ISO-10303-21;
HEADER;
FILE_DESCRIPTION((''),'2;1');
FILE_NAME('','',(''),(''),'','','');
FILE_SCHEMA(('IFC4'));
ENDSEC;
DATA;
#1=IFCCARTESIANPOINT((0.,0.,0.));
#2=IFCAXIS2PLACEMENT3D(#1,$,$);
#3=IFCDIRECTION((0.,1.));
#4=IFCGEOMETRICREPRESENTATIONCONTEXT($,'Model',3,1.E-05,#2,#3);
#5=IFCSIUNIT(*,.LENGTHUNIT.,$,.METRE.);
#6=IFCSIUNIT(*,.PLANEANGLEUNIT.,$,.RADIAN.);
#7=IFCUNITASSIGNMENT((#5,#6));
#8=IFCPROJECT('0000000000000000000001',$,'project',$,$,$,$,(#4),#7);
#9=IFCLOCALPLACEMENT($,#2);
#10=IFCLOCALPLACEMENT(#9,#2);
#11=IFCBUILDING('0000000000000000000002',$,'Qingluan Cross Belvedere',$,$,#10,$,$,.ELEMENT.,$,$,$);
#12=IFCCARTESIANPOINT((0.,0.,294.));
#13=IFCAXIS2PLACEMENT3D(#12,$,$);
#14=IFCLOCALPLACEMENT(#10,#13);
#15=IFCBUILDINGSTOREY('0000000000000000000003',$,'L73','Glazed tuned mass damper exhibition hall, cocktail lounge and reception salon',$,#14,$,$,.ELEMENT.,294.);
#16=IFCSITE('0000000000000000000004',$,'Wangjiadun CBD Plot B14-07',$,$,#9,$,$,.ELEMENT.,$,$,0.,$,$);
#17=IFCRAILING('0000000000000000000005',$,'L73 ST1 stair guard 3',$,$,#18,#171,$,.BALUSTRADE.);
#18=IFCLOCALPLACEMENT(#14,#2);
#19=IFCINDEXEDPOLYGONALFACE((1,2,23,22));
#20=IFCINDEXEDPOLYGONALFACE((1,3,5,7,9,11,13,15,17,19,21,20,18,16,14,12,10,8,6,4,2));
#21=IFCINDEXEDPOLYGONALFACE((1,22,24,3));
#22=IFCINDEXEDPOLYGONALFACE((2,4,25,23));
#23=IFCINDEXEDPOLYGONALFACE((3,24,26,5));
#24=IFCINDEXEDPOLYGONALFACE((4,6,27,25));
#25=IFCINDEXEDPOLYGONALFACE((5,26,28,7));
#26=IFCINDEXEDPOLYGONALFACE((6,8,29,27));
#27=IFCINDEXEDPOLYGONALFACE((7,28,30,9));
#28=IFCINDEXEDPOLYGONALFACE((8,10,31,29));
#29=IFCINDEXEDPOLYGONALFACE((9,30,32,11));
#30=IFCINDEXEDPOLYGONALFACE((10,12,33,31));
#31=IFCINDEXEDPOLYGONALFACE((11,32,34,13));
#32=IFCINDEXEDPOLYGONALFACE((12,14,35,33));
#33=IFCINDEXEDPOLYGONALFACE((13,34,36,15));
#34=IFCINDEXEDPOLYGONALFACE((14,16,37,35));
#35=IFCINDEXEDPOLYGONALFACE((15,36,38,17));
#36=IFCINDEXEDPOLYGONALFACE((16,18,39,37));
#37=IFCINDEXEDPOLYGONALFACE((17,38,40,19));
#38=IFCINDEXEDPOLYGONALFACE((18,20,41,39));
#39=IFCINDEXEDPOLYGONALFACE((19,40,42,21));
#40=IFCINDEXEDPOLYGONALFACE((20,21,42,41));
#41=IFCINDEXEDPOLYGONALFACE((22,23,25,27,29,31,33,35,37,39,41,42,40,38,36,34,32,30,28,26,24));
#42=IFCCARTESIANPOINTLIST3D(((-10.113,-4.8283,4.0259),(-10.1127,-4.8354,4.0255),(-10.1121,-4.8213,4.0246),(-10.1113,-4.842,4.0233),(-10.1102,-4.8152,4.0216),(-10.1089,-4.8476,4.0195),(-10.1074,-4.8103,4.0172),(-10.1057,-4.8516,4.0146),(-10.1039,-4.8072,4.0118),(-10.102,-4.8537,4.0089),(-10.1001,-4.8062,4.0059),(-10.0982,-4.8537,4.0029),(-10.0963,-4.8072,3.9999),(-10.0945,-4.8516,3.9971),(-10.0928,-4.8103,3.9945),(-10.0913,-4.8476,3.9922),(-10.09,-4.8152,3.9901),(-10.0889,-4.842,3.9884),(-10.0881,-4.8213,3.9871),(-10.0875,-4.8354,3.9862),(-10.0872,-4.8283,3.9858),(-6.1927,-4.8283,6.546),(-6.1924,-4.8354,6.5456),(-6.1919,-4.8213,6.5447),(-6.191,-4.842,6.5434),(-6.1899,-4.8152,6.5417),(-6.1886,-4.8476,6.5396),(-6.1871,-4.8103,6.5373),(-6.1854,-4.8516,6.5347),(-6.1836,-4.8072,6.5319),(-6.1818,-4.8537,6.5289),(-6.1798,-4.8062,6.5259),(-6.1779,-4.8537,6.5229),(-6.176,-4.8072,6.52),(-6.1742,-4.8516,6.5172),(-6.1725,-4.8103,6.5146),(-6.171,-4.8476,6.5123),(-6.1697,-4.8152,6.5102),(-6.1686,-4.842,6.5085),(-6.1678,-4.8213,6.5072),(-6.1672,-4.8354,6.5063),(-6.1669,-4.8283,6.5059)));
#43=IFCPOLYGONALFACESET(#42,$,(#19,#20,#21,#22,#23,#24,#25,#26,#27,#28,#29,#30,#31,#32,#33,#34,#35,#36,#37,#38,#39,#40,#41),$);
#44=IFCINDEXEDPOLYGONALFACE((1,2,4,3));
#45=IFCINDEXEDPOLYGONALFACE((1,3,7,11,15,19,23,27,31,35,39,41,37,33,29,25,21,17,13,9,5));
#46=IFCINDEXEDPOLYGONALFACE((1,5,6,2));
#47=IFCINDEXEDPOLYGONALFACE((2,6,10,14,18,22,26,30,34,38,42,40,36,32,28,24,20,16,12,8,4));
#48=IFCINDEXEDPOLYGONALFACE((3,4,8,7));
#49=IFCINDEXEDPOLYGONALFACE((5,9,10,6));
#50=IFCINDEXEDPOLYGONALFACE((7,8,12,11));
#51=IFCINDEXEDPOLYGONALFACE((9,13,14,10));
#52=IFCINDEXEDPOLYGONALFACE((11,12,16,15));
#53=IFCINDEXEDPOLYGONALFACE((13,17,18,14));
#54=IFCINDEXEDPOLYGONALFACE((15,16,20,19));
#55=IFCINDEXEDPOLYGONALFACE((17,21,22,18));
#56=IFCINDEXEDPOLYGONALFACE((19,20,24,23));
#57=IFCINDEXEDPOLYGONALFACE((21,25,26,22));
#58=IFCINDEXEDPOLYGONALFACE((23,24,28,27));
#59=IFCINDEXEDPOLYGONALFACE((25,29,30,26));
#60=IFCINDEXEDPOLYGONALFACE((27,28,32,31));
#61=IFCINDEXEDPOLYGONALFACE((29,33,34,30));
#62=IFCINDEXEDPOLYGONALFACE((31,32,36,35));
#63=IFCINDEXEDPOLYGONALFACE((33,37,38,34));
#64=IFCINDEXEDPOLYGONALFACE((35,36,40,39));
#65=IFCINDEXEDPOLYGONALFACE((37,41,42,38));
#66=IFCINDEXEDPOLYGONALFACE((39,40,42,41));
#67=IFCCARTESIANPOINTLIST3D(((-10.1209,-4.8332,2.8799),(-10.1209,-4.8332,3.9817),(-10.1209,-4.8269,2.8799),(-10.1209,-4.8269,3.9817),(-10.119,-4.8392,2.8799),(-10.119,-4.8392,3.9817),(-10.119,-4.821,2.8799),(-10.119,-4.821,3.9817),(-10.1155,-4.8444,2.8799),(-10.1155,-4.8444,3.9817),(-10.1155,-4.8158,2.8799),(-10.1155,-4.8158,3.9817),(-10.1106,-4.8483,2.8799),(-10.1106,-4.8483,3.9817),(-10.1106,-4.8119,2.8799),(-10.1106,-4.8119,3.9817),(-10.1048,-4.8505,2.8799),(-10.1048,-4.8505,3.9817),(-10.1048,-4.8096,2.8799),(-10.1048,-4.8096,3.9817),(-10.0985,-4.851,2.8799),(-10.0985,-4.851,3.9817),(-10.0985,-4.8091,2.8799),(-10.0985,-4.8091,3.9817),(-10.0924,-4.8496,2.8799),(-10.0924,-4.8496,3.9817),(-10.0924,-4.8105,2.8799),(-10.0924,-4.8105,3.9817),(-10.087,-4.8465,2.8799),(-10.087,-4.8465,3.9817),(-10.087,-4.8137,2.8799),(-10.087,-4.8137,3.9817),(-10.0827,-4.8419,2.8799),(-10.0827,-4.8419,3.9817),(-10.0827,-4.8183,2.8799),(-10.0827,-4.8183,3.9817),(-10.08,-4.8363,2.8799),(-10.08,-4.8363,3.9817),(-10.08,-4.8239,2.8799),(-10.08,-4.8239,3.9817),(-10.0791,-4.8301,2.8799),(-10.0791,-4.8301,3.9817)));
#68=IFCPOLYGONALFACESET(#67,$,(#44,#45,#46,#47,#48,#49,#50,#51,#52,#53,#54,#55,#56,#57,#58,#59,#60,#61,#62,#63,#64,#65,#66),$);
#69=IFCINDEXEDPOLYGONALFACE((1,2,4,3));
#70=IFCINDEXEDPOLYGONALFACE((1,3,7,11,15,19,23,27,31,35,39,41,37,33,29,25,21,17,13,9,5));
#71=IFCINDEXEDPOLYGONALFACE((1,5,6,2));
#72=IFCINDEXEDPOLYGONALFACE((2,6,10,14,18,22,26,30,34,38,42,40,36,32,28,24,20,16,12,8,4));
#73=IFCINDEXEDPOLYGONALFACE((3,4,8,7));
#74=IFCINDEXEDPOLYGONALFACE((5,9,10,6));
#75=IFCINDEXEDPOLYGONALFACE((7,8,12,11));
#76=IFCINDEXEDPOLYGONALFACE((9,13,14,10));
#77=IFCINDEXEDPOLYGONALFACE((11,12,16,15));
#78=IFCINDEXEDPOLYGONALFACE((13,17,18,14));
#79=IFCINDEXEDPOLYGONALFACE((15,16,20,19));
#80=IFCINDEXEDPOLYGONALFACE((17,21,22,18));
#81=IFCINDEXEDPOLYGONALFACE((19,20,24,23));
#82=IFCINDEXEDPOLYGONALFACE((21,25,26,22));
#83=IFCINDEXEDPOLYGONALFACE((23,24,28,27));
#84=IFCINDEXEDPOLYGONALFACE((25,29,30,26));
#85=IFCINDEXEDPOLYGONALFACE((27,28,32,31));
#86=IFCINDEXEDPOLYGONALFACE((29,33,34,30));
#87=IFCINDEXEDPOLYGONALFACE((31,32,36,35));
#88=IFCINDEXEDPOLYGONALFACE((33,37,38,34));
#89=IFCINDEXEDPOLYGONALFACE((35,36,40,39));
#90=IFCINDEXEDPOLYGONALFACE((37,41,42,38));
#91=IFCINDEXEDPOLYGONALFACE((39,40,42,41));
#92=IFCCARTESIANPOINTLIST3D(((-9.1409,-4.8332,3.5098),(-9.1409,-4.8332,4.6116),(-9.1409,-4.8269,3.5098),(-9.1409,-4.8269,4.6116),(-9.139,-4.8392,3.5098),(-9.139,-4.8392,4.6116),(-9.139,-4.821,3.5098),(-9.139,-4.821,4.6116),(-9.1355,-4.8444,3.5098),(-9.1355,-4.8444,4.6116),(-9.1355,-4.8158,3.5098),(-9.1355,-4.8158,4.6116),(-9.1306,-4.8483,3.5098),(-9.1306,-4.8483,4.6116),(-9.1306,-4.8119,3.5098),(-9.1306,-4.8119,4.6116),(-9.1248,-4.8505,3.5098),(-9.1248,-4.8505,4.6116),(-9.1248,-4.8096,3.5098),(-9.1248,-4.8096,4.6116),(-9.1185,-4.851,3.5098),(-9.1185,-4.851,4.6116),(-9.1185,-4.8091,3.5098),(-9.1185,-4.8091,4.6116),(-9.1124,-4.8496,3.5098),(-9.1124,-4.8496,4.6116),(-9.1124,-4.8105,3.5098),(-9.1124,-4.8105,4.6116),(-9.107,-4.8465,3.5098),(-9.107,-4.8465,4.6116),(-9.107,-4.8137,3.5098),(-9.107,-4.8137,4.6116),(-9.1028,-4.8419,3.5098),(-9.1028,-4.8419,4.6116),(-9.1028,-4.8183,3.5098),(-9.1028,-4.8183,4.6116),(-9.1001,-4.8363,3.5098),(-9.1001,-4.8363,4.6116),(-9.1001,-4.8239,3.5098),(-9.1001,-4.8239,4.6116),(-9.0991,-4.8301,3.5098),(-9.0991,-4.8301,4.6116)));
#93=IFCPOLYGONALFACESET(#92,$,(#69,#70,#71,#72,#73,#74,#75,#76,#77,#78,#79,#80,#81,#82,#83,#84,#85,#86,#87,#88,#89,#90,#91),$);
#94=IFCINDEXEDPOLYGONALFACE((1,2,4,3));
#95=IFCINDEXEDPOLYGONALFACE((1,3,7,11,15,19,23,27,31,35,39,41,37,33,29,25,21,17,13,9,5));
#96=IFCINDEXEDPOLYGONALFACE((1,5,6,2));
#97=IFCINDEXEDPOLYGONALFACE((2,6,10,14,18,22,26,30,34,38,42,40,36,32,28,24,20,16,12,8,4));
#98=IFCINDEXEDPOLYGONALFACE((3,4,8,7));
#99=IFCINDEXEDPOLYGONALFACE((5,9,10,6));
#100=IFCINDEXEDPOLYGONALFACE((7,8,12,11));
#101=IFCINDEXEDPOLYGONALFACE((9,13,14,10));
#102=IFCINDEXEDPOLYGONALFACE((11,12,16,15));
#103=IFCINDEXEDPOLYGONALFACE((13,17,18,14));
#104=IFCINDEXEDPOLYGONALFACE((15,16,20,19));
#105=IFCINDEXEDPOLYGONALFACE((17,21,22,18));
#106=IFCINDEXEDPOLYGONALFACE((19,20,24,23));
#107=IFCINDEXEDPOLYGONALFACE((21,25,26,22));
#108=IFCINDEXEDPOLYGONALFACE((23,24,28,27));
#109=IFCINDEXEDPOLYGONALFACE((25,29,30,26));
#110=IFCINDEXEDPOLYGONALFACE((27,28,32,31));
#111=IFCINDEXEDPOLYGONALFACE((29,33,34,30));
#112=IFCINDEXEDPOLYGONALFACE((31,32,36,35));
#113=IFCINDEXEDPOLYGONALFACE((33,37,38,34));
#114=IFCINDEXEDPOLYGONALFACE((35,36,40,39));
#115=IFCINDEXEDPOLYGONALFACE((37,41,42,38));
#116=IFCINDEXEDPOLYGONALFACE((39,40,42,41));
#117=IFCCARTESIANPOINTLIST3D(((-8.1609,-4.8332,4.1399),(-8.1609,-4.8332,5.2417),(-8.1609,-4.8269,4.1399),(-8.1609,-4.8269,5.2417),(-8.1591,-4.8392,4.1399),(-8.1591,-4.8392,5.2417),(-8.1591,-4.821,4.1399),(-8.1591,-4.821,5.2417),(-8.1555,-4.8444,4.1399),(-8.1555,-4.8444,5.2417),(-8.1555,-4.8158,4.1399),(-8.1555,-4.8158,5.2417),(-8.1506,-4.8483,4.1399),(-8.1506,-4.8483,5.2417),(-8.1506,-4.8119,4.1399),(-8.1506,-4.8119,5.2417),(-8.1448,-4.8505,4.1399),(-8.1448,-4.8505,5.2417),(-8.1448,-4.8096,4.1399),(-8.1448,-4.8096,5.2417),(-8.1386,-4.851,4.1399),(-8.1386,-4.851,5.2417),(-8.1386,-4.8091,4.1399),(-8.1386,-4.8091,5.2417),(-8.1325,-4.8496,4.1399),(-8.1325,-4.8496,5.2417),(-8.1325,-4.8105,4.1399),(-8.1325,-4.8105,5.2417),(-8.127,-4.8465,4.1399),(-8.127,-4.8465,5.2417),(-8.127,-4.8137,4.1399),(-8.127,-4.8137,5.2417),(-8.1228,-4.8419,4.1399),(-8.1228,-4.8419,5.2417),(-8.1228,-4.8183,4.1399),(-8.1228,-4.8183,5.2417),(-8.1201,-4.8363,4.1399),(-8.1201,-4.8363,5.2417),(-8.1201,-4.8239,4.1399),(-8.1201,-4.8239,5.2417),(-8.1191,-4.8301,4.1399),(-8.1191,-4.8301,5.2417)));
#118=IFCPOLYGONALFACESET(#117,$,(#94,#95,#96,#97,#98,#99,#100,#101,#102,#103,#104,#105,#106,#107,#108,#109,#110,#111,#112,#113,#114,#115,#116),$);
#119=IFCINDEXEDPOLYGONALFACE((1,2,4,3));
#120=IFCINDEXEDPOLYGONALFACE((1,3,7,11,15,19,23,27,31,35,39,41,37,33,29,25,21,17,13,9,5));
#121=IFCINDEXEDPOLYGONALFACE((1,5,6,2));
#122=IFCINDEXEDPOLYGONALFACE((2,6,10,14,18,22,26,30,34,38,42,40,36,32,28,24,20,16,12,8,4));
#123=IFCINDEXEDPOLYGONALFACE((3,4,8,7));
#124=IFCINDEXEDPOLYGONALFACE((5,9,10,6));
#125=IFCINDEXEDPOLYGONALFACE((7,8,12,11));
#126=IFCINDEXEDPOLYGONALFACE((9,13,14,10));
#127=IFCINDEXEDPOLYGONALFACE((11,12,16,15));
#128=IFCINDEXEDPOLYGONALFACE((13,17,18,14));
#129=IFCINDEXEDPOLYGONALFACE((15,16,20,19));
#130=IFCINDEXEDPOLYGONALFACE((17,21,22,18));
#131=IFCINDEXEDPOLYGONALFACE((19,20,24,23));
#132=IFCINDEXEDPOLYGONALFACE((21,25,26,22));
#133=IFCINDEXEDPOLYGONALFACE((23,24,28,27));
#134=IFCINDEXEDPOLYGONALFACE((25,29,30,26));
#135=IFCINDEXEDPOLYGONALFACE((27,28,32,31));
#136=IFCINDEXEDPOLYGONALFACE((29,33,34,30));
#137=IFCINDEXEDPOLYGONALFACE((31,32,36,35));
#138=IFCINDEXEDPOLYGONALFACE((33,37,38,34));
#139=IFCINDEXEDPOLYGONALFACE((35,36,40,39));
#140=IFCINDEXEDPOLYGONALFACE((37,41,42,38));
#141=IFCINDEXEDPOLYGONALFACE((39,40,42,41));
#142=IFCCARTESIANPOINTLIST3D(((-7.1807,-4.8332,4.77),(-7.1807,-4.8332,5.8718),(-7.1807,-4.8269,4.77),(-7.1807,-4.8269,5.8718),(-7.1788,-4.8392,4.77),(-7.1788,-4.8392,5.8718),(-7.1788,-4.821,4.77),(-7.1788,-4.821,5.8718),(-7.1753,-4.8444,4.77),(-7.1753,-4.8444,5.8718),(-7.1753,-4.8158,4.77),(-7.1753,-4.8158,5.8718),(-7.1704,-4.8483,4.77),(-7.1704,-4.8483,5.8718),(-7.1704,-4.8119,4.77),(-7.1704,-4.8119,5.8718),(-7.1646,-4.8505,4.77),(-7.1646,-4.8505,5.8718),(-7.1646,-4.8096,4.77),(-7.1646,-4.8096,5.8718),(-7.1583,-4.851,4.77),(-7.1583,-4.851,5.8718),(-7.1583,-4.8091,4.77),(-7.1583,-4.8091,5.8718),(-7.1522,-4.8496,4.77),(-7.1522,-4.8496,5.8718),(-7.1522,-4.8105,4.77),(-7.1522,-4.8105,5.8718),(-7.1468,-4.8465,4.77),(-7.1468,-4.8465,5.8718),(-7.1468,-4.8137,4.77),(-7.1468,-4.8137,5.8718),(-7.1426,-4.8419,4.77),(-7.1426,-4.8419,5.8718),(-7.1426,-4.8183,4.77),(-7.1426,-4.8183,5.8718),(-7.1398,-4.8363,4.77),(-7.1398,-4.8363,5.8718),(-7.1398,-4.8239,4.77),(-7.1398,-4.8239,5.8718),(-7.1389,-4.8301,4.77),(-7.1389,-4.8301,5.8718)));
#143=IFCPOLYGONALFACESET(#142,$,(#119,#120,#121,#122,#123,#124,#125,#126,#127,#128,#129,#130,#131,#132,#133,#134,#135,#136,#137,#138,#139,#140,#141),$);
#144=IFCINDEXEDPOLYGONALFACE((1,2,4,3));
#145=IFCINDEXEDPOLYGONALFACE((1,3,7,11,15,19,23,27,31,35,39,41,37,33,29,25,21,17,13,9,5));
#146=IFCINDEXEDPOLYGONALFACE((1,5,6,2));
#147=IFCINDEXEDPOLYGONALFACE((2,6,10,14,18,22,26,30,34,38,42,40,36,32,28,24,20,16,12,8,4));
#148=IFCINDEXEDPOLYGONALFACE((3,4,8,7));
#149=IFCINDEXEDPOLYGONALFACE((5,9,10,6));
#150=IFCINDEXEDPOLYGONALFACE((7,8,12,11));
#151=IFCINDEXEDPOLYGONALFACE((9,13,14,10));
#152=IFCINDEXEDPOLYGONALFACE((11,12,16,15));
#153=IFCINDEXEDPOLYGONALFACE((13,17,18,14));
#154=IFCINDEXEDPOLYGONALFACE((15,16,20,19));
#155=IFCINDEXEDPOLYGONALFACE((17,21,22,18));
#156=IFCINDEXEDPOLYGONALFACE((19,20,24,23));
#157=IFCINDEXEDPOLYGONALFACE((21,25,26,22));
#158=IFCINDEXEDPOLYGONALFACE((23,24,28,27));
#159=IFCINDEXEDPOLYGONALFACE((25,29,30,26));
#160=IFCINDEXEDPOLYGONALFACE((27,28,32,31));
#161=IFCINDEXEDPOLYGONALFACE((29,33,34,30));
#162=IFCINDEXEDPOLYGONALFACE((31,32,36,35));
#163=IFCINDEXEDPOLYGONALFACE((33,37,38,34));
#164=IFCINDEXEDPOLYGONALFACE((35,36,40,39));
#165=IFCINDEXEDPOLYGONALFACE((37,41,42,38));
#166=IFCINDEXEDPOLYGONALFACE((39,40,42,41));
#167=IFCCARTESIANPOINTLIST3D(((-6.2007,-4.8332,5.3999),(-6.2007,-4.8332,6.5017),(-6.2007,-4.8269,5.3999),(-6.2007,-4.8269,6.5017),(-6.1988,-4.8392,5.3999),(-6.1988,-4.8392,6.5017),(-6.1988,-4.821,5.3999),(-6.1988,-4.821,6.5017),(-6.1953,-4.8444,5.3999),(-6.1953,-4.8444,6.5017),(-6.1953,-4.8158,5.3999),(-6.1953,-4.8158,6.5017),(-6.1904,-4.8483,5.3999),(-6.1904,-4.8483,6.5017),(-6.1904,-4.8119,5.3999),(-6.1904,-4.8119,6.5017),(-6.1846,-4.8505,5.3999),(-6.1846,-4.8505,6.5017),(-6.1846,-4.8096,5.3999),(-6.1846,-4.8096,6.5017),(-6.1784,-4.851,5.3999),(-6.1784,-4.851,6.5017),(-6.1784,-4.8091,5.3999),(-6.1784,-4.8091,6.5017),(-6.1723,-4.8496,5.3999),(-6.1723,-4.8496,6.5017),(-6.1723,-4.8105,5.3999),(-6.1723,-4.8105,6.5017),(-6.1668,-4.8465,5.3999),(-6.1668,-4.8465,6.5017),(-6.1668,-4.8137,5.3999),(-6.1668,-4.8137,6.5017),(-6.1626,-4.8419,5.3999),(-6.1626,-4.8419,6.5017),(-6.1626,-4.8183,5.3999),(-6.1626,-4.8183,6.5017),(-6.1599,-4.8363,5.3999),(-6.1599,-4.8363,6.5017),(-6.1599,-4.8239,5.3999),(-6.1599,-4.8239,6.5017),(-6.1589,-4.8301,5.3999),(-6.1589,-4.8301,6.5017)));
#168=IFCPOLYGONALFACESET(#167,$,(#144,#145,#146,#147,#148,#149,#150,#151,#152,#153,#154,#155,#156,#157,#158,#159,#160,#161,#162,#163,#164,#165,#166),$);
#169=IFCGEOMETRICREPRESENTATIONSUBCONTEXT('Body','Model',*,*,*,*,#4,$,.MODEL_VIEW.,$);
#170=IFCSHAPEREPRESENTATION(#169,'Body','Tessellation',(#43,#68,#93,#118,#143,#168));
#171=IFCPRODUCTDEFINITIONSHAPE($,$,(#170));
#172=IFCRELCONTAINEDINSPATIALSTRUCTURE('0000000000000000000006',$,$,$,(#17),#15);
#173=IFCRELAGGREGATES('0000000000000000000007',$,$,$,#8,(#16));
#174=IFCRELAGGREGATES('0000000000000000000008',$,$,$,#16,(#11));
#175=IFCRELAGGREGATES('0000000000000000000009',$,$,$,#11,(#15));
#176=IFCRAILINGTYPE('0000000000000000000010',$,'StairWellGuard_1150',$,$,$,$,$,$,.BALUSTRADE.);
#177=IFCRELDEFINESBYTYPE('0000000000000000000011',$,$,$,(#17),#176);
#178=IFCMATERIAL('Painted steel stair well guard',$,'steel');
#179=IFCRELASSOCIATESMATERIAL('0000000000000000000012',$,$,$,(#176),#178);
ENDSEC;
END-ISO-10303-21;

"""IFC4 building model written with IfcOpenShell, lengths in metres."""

from ifc_helpers import new_model, si_unit, direction, frame, origin, origin_2d, place, context, subcontext, project, spatial, circle, extrude, material, type_object, element, save


model = new_model("IFC4")

# Units and contexts
model_context = context("Model", 3, precision=1e-05, world=origin(), true_north=direction((0.0, 1.0)))
body_context = subcontext(model_context, "Body", "Model", "MODEL_VIEW")
ifc_project = project(units=[si_unit("LENGTHUNIT", "METRE"), si_unit("PLANEANGLEUNIT", "RADIAN")], contexts=[model_context])

# Site, building, storey
site_placement = place(None, origin())
site = spatial("IfcSite", under=ifc_project, at=site_placement, Name="Wangjiadun CBD Plot B14-07", CompositionType="ELEMENT", RefElevation=0.0)
building_placement = place(site_placement, origin())
building = spatial("IfcBuilding", under=site, at=building_placement, Name="Qingluan Cross Belvedere", CompositionType="ELEMENT")
storey_placement = place(building_placement, frame((0.0, 0.0, 294.0)))
storey = spatial("IfcBuildingStorey", under=building, at=storey_placement, Name="L73", Description="Glazed tuned mass damper exhibition hall, cocktail lounge and reception salon", CompositionType="ELEMENT", Elevation=294.0)

# Railing
ifc_material_1 = material(Name="Painted steel stair well guard", Category="steel")
railing_type_1 = type_object("IfcRailingType", Name="StairWellGuard_1150", PredefinedType="BALUSTRADE", material=ifc_material_1)
railing_1_placement = place(storey_placement, frame((-10.1001, -4.8301, 2.8799)))
element("IfcRailing", 1, at=railing_1_placement, inside=storey, type_object=railing_type_1, Name="L73 ST1 stair guard 3", PredefinedType="BALUSTRADE", context=body_context, shape_type="SweptSolid", body=[
    extrude(circle(Radius=0.0239, at=origin_2d()), frame((0.0, 0.0, 1.126), z_axis=(0.841187, 0.0, 0.540744), x_axis=(0.0, 1.0, 0.0)), (0.0, 0.0, 1.0), 4.6604),
    extrude(circle(Radius=0.021, at=origin_2d()), origin(), (0.0, 0.0, 1.0), 1.1018),
    extrude(circle(Radius=0.021, at=origin_2d()), frame((0.98, 0.0, 0.6299)), (0.0, 0.0, 1.0), 1.1018),
    extrude(circle(Radius=0.021, at=origin_2d()), frame((1.96, 0.0, 1.26)), (0.0, 0.0, 1.0), 1.1018),
    extrude(circle(Radius=0.021, at=origin_2d()), frame((2.9402, 0.0, 1.8901)), (0.0, 0.0, 1.0), 1.1018),
    extrude(circle(Radius=0.021, at=origin_2d()), frame((3.9202, 0.0, 2.52)), (0.0, 0.0, 1.0), 1.1018),
])

save(model, "model.ifc")
